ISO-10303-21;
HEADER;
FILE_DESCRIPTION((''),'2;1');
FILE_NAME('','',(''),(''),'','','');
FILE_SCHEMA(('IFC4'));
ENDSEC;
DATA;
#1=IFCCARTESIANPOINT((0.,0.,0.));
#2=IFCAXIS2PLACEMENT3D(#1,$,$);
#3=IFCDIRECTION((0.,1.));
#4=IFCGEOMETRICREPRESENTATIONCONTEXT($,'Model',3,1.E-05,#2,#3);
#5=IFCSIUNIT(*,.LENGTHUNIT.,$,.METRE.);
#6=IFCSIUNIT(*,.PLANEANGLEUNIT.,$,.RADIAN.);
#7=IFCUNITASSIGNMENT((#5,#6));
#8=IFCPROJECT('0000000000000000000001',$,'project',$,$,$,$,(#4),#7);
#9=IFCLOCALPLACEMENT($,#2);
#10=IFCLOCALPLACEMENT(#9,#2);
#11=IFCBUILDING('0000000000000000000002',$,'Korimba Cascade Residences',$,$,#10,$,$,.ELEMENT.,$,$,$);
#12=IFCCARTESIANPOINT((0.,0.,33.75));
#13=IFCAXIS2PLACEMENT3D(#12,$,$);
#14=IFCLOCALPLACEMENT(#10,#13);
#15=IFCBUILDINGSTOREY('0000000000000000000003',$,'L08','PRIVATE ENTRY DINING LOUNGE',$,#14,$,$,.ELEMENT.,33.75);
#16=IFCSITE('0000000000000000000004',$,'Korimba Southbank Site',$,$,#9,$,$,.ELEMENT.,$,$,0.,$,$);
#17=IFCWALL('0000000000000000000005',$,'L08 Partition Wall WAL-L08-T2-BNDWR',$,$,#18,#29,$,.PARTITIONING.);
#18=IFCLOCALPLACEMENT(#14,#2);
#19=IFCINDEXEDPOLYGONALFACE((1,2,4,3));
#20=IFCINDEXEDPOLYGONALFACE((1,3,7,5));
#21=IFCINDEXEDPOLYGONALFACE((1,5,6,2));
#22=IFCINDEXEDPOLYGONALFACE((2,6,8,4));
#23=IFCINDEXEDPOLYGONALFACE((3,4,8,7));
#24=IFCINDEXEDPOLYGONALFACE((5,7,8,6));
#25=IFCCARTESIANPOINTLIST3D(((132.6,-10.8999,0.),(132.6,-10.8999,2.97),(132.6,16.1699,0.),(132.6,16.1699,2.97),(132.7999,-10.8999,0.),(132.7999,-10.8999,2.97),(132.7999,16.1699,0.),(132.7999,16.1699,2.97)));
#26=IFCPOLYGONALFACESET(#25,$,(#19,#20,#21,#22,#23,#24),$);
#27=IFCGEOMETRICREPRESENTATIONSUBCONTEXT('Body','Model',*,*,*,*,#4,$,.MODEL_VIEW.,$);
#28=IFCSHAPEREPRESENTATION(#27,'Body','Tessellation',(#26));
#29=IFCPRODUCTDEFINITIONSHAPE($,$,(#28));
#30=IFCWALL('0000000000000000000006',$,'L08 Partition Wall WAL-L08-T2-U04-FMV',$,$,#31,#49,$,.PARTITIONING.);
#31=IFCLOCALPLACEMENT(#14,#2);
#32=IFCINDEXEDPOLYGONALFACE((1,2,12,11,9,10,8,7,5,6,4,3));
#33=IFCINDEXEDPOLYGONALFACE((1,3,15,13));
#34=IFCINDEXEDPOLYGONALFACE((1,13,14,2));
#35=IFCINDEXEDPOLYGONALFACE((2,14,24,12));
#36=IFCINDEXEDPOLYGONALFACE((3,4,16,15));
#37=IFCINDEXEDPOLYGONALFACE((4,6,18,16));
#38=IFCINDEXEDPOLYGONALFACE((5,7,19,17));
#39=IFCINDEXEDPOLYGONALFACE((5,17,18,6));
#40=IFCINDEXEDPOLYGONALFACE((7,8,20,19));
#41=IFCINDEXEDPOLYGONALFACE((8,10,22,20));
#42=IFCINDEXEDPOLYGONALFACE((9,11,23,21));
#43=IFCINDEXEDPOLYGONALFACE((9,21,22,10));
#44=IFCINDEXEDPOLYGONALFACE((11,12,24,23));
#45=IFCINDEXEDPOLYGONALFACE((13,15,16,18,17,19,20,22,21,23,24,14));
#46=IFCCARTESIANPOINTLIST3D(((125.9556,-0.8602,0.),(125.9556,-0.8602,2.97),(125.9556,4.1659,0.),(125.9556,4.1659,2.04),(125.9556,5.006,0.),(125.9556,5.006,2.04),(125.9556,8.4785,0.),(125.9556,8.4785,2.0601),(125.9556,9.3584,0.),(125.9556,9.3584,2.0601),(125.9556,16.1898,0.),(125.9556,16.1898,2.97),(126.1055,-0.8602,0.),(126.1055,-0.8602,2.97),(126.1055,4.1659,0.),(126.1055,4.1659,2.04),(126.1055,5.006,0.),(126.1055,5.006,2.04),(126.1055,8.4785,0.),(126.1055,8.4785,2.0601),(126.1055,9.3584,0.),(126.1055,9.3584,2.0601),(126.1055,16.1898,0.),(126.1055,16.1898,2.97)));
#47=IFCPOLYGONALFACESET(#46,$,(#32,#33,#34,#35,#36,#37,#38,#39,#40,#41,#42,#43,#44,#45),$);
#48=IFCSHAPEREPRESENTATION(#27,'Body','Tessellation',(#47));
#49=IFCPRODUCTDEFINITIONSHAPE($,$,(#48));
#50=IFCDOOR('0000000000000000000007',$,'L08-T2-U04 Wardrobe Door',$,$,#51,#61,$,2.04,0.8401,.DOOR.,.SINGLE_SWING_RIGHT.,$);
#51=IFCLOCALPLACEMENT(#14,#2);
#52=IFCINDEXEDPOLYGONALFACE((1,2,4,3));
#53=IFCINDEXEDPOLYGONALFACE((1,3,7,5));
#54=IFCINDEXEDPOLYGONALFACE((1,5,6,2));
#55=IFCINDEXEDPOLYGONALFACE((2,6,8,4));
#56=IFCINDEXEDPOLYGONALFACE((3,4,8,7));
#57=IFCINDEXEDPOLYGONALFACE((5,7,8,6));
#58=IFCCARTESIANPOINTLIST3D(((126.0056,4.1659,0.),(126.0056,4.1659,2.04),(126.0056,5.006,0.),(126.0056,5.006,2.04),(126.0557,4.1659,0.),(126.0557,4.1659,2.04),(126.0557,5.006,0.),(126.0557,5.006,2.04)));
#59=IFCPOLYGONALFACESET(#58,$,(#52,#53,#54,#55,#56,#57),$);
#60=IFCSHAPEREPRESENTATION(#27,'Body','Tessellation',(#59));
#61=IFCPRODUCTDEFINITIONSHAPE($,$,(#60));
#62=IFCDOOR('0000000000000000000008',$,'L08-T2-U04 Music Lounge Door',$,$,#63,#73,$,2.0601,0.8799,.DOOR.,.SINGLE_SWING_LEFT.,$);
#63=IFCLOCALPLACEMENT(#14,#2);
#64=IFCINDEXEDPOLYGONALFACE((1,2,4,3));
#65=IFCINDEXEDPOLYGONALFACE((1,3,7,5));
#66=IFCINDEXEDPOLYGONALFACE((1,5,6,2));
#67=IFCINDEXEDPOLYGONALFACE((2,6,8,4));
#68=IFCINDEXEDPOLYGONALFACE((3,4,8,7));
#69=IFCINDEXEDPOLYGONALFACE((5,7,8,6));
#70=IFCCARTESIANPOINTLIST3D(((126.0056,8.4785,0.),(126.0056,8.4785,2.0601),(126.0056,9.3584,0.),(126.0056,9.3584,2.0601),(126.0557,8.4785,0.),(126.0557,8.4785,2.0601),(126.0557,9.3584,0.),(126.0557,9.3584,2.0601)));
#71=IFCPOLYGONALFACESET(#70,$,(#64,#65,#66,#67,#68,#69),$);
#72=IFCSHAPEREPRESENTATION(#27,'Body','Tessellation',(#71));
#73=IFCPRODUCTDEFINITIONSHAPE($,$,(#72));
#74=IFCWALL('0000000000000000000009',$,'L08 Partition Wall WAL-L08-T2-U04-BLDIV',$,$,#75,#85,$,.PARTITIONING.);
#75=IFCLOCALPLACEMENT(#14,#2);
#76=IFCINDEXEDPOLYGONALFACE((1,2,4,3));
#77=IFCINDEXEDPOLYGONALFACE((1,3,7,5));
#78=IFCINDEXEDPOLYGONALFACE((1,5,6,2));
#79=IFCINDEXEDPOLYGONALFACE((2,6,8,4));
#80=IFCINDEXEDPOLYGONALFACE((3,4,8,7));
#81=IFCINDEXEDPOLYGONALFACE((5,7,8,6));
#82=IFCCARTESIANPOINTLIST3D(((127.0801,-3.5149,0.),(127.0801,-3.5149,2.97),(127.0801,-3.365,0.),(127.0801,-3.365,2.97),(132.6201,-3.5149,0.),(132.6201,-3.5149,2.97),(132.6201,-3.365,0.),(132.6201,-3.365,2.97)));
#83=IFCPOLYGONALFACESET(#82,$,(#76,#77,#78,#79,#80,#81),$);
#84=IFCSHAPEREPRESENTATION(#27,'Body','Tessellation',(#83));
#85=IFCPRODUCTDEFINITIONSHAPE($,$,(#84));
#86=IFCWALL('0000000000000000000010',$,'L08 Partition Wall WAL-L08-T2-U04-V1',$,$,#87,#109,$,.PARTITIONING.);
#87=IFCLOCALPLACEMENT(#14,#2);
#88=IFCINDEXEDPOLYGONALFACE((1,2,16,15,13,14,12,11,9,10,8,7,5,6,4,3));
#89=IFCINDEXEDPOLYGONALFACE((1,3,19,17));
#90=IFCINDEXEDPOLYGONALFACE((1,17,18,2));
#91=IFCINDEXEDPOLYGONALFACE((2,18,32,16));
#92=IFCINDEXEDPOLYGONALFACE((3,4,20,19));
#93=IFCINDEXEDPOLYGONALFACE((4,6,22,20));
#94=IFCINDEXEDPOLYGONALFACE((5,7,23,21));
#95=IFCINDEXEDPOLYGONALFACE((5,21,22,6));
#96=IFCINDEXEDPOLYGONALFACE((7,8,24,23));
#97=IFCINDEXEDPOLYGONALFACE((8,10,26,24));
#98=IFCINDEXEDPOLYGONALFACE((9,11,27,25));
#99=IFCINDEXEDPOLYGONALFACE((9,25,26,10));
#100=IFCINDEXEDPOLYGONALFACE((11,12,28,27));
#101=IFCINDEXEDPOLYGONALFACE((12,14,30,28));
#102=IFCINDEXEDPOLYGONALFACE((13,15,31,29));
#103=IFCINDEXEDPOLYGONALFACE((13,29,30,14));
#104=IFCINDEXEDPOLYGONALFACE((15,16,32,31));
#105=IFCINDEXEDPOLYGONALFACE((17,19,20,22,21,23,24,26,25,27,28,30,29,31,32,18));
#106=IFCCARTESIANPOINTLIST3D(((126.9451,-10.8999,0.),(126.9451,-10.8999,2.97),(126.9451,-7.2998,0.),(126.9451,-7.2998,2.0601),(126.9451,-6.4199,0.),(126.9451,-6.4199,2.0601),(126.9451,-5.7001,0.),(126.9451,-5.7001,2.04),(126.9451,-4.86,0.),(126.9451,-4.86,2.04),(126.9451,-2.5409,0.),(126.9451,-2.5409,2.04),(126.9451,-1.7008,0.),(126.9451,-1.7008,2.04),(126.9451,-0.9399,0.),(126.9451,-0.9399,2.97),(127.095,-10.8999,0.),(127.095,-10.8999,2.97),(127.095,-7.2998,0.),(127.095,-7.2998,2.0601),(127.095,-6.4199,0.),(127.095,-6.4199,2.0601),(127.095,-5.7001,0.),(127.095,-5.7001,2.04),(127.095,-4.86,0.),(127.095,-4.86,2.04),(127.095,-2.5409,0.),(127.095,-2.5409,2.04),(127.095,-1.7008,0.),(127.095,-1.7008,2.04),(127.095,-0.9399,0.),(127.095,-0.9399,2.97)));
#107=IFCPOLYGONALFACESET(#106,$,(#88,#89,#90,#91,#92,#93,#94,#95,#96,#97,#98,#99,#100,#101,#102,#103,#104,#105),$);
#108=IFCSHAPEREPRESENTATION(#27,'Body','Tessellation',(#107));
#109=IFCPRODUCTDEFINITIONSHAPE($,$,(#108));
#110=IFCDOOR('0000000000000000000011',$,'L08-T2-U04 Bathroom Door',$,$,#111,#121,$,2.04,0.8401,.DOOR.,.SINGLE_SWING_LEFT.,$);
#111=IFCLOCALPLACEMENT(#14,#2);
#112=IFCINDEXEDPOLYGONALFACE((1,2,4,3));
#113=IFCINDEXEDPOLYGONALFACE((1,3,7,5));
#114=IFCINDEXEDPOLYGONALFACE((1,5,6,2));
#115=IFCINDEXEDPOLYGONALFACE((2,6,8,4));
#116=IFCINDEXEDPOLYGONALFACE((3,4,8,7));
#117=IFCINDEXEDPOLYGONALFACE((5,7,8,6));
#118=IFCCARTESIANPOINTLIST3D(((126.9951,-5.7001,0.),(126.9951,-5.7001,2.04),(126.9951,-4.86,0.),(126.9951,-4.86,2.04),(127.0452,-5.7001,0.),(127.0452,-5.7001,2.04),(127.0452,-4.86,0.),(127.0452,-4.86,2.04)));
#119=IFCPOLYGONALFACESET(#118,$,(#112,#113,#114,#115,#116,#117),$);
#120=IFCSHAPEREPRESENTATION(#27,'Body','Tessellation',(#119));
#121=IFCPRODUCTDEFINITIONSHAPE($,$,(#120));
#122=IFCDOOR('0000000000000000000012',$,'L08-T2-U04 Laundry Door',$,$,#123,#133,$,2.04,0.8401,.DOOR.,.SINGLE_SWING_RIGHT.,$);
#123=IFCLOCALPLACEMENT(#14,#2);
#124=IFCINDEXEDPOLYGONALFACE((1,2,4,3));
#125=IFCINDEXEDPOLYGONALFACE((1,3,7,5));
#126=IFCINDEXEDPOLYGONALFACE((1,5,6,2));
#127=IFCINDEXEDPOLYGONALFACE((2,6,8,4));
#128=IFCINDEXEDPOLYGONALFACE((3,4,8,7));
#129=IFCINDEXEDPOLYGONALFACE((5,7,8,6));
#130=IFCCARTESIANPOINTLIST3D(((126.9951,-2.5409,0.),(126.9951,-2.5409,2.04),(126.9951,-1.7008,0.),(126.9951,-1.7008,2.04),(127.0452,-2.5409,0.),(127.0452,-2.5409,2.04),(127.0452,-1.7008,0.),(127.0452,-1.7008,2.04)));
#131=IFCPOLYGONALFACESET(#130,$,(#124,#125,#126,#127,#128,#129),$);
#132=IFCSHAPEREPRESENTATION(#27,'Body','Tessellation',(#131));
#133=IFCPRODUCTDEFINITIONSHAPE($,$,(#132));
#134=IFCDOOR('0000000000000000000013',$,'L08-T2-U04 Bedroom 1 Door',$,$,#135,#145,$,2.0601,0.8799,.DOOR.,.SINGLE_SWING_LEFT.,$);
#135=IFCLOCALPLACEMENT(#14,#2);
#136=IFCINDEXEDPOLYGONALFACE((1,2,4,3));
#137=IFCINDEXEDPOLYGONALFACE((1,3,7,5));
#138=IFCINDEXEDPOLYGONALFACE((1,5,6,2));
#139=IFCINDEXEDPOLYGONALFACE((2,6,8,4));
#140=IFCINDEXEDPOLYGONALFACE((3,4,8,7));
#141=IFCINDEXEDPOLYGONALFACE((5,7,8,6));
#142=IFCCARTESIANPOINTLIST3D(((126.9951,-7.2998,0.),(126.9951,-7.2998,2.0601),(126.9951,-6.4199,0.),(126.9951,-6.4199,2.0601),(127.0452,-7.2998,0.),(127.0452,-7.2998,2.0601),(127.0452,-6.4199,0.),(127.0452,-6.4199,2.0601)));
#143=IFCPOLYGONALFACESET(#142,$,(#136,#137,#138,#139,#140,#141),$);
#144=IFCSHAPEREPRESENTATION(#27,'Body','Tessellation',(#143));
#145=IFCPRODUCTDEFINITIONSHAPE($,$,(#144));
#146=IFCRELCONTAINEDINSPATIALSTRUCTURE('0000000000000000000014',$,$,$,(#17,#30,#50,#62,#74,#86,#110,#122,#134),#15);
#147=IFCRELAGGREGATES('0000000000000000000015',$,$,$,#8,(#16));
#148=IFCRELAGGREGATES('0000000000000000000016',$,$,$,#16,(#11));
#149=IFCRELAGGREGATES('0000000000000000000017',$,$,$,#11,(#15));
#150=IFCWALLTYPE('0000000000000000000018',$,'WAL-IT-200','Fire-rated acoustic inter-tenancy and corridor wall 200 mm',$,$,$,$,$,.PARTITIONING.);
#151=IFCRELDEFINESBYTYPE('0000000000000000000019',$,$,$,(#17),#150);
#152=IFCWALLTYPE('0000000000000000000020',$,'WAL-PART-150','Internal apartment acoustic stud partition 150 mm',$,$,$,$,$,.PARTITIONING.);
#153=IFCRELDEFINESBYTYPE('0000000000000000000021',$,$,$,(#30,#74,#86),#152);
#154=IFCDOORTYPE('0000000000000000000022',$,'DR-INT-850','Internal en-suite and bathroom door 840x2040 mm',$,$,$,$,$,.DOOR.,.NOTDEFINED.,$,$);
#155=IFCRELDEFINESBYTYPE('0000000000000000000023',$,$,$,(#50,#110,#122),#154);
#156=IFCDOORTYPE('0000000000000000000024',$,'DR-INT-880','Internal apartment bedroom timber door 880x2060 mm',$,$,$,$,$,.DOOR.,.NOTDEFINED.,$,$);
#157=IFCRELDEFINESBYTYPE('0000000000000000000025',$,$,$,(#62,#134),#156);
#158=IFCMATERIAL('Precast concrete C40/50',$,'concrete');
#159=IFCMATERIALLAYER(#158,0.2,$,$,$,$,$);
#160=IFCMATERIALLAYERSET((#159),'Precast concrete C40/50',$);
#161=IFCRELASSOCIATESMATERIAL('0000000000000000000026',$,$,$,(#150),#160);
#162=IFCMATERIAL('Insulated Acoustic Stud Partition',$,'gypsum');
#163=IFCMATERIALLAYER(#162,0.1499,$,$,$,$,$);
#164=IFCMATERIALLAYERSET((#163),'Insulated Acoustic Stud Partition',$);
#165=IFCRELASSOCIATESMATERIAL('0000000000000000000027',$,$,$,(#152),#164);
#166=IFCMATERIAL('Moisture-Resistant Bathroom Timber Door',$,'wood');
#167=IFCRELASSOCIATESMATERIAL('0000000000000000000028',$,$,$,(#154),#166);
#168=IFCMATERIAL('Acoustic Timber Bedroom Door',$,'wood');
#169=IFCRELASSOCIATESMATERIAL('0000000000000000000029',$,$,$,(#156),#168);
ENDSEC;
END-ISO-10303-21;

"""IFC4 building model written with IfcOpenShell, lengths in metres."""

from ifc_helpers import new_model, si_unit, direction, frame, frame_2d, origin, place, context, subcontext, project, spatial, rectangle, extrude, material, layer, layer_set, type_object, element, fill, save


model = new_model("IFC4")

# Units and contexts
model_context = context("Model", 3, precision=1e-05, world=origin(), true_north=direction((0.0, 1.0)))
body_context = subcontext(model_context, "Body", "Model", "MODEL_VIEW")
ifc_project = project(units=[si_unit("LENGTHUNIT", "METRE"), si_unit("PLANEANGLEUNIT", "RADIAN")], contexts=[model_context])

# Site, building, storey
site_placement = place(None, origin())
site = spatial("IfcSite", under=ifc_project, at=site_placement, Name="Korimba Southbank Site", CompositionType="ELEMENT", RefElevation=0.0)
building_placement = place(site_placement, origin())
building = spatial("IfcBuilding", under=site, at=building_placement, Name="Korimba Cascade Residences", CompositionType="ELEMENT")
storey_placement = place(building_placement, frame((0.0, 0.0, 33.75)))
storey = spatial("IfcBuildingStorey", under=building, at=storey_placement, Name="L08", Description="PRIVATE ENTRY DINING LOUNGE", CompositionType="ELEMENT", Elevation=33.75)

# Shared definitions
ifc_material_1 = material(Name="Precast concrete C40/50", Category="concrete")

# Wall
ifc_layer_1 = layer(ifc_material_1, 0.2)
ifc_layer_set_1 = layer_set([ifc_layer_1], Name="Precast concrete C40/50")
wall_type_1 = type_object("IfcWallType", Name="WAL-IT-200", Description="Fire-rated acoustic inter-tenancy and corridor wall 200 mm", PredefinedType="PARTITIONING", material=ifc_layer_set_1)
wall_1_placement = place(storey_placement, frame((132.7, -10.8999, 0.0), z_axis=(0.0, 0.0, 1.0), x_axis=(0.0, 1.0, 0.0)))
element("IfcWall", 1, at=wall_1_placement, inside=storey, type_object=wall_type_1, Name="L08 Partition Wall WAL-L08-T2-BNDWR", PredefinedType="PARTITIONING", context=body_context, shape_type="SweptSolid", body=[
    extrude(rectangle(XDim=27.0698, YDim=0.2, at=frame_2d((13.5349, 0.0))), origin(), (0.0, 0.0, 1.0), 2.97),
])

# Wall, openings, doors
ifc_material_2 = material(Name="Insulated Acoustic Stud Partition", Category="gypsum")
ifc_layer_2 = layer(ifc_material_2, 0.1499)
ifc_layer_set_2 = layer_set([ifc_layer_2], Name="Insulated Acoustic Stud Partition")
wall_type_2 = type_object("IfcWallType", Name="WAL-PART-150", Description="Internal apartment acoustic stud partition 150 mm", PredefinedType="PARTITIONING", material=ifc_layer_set_2)
wall_2_placement = place(storey_placement, frame((126.0305, -0.8601, 0.0), z_axis=(0.0, 0.0, 1.0), x_axis=(0.0, 1.0, 0.0)))
wall_2 = element("IfcWall", 2, at=wall_2_placement, inside=storey, type_object=wall_type_2, Name="L08 Partition Wall WAL-L08-T2-U04-FMV", PredefinedType="PARTITIONING", context=body_context, shape_type="SweptSolid", body=[
    extrude(rectangle(XDim=17.05, YDim=0.1499, at=frame_2d((8.5249, 0.0))), origin(), (0.0, 0.0, 1.0), 2.97),
])
opening_1_placement = place(wall_2_placement, frame((5.0261, 0.0, 0.0)))
opening_1 = element("IfcOpeningElement", 3, at=opening_1_placement, cuts=wall_2, PredefinedType="OPENING", context=body_context, shape_type="SweptSolid", body=[
    extrude(rectangle(XDim=0.8401, YDim=2.04, at=frame_2d((0.4199, 1.02))), frame((0.0, 0.085, 0.0), z_axis=(0.0, -1.0, 0.0), x_axis=(1.0, 0.0, 0.0)), (0.0, 0.0, 1.0), 0.1699),
])
opening_2_placement = place(wall_2_placement, frame((9.3386, 0.0, 0.0)))
opening_2 = element("IfcOpeningElement", 4, at=opening_2_placement, cuts=wall_2, PredefinedType="OPENING", context=body_context, shape_type="SweptSolid", body=[
    extrude(rectangle(XDim=0.8799, YDim=2.0601, at=frame_2d((0.4399, 1.03))), frame((0.0, 0.085, 0.0), z_axis=(0.0, -1.0, 0.0), x_axis=(1.0, 0.0, 0.0)), (0.0, 0.0, 1.0), 0.1699),
])
ifc_material_3 = material(Name="Moisture-Resistant Bathroom Timber Door", Category="wood")
door_type_1 = type_object("IfcDoorType", Name="DR-INT-850", Description="Internal en-suite and bathroom door 840x2040 mm", OperationType="NOTDEFINED", PredefinedType="DOOR", material=ifc_material_3)
door_1_placement = place(opening_1_placement, origin())
door_1 = element("IfcDoor", 5, at=door_1_placement, inside=storey, type_object=door_type_1, Name="L08-T2-U04 Wardrobe Door", OperationType="SINGLE_SWING_RIGHT", OverallHeight=2.04, OverallWidth=0.8401, PredefinedType="DOOR", context=body_context, shape_type="SweptSolid", body=[
    extrude(rectangle(XDim=0.8401, YDim=2.04, at=frame_2d((0.4199, 1.02))), frame((0.0, 0.0249, 0.0), z_axis=(0.0, -1.0, 0.0), x_axis=(1.0, 0.0, 0.0)), (0.0, 0.0, 1.0), 0.05),
])
fill(opening_1, door_1)
ifc_material_4 = material(Name="Acoustic Timber Bedroom Door", Category="wood")
door_type_2 = type_object("IfcDoorType", Name="DR-INT-880", Description="Internal apartment bedroom timber door 880x2060 mm", OperationType="NOTDEFINED", PredefinedType="DOOR", material=ifc_material_4)
door_2_placement = place(opening_2_placement, origin())
door_2 = element("IfcDoor", 6, at=door_2_placement, inside=storey, type_object=door_type_2, Name="L08-T2-U04 Music Lounge Door", OperationType="SINGLE_SWING_LEFT", OverallHeight=2.0601, OverallWidth=0.8799, PredefinedType="DOOR", context=body_context, shape_type="SweptSolid", body=[
    extrude(rectangle(XDim=0.8799, YDim=2.0601, at=frame_2d((0.4399, 1.03))), frame((0.0, 0.0249, 0.0), z_axis=(0.0, -1.0, 0.0), x_axis=(1.0, 0.0, 0.0)), (0.0, 0.0, 1.0), 0.05),
])
fill(opening_2, door_2)

# Wall
wall_3_placement = place(storey_placement, frame((127.0801, -3.4399, 0.0), z_axis=(0.0, 0.0, 1.0), x_axis=(1.0, 0.0, 0.0)))
element("IfcWall", 7, at=wall_3_placement, inside=storey, type_object=wall_type_2, Name="L08 Partition Wall WAL-L08-T2-U04-BLDIV", PredefinedType="PARTITIONING", context=body_context, shape_type="SweptSolid", body=[
    extrude(rectangle(XDim=5.54, YDim=0.1499, at=frame_2d((2.77, 0.0))), origin(), (0.0, 0.0, 1.0), 2.97),
])

# Wall, openings, doors
wall_4_placement = place(storey_placement, frame((127.02, -10.8999, 0.0), z_axis=(0.0, 0.0, 1.0), x_axis=(0.0, 1.0, 0.0)))
wall_4 = element("IfcWall", 8, at=wall_4_placement, inside=storey, type_object=wall_type_2, Name="L08 Partition Wall WAL-L08-T2-U04-V1", PredefinedType="PARTITIONING", context=body_context, shape_type="SweptSolid", body=[
    extrude(rectangle(XDim=9.96, YDim=0.1499, at=frame_2d((4.98, 0.0))), origin(), (0.0, 0.0, 1.0), 2.97),
])
opening_3_placement = place(wall_4_placement, frame((5.2, 0.0, 0.0)))
opening_3 = element("IfcOpeningElement", 9, at=opening_3_placement, cuts=wall_4, PredefinedType="OPENING", context=body_context, shape_type="SweptSolid", body=[
    extrude(rectangle(XDim=0.8401, YDim=2.04, at=frame_2d((0.4199, 1.02))), frame((0.0, 0.085, 0.0), z_axis=(0.0, -1.0, 0.0), x_axis=(1.0, 0.0, 0.0)), (0.0, 0.0, 1.0), 0.1699),
])
opening_4_placement = place(wall_4_placement, frame((8.3591, 0.0, 0.0)))
opening_4 = element("IfcOpeningElement", 10, at=opening_4_placement, cuts=wall_4, PredefinedType="OPENING", context=body_context, shape_type="SweptSolid", body=[
    extrude(rectangle(XDim=0.8401, YDim=2.04, at=frame_2d((0.4199, 1.02))), frame((0.0, 0.085, 0.0), z_axis=(0.0, -1.0, 0.0), x_axis=(1.0, 0.0, 0.0)), (0.0, 0.0, 1.0), 0.1699),
])
opening_5_placement = place(wall_4_placement, frame((3.6001, 0.0, 0.0)))
opening_5 = element("IfcOpeningElement", 11, at=opening_5_placement, cuts=wall_4, PredefinedType="OPENING", context=body_context, shape_type="SweptSolid", body=[
    extrude(rectangle(XDim=0.8799, YDim=2.0601, at=frame_2d((0.4399, 1.03))), frame((0.0, 0.085, 0.0), z_axis=(0.0, -1.0, 0.0), x_axis=(1.0, 0.0, 0.0)), (0.0, 0.0, 1.0), 0.1699),
])
door_3_placement = place(opening_3_placement, origin())
door_3 = element("IfcDoor", 12, at=door_3_placement, inside=storey, type_object=door_type_1, Name="L08-T2-U04 Bathroom Door", OperationType="SINGLE_SWING_LEFT", OverallHeight=2.04, OverallWidth=0.8401, PredefinedType="DOOR", context=body_context, shape_type="SweptSolid", body=[
    extrude(rectangle(XDim=0.8401, YDim=2.04, at=frame_2d((0.4199, 1.02))), frame((0.0, 0.0249, 0.0), z_axis=(0.0, -1.0, 0.0), x_axis=(1.0, 0.0, 0.0)), (0.0, 0.0, 1.0), 0.05),
])
fill(opening_3, door_3)
door_4_placement = place(opening_4_placement, origin())
door_4 = element("IfcDoor", 13, at=door_4_placement, inside=storey, type_object=door_type_1, Name="L08-T2-U04 Laundry Door", OperationType="SINGLE_SWING_RIGHT", OverallHeight=2.04, OverallWidth=0.8401, PredefinedType="DOOR", context=body_context, shape_type="SweptSolid", body=[
    extrude(rectangle(XDim=0.8401, YDim=2.04, at=frame_2d((0.4199, 1.02))), frame((0.0, 0.0249, 0.0), z_axis=(0.0, -1.0, 0.0), x_axis=(1.0, 0.0, 0.0)), (0.0, 0.0, 1.0), 0.05),
])
fill(opening_4, door_4)
door_5_placement = place(opening_5_placement, origin())
door_5 = element("IfcDoor", 14, at=door_5_placement, inside=storey, type_object=door_type_2, Name="L08-T2-U04 Bedroom 1 Door", OperationType="SINGLE_SWING_LEFT", OverallHeight=2.0601, OverallWidth=0.8799, PredefinedType="DOOR", context=body_context, shape_type="SweptSolid", body=[
    extrude(rectangle(XDim=0.8799, YDim=2.0601, at=frame_2d((0.4399, 1.03))), frame((0.0, 0.0249, 0.0), z_axis=(0.0, -1.0, 0.0), x_axis=(1.0, 0.0, 0.0)), (0.0, 0.0, 1.0), 0.05),
])
fill(opening_5, door_5)

save(model, "model.ifc")
